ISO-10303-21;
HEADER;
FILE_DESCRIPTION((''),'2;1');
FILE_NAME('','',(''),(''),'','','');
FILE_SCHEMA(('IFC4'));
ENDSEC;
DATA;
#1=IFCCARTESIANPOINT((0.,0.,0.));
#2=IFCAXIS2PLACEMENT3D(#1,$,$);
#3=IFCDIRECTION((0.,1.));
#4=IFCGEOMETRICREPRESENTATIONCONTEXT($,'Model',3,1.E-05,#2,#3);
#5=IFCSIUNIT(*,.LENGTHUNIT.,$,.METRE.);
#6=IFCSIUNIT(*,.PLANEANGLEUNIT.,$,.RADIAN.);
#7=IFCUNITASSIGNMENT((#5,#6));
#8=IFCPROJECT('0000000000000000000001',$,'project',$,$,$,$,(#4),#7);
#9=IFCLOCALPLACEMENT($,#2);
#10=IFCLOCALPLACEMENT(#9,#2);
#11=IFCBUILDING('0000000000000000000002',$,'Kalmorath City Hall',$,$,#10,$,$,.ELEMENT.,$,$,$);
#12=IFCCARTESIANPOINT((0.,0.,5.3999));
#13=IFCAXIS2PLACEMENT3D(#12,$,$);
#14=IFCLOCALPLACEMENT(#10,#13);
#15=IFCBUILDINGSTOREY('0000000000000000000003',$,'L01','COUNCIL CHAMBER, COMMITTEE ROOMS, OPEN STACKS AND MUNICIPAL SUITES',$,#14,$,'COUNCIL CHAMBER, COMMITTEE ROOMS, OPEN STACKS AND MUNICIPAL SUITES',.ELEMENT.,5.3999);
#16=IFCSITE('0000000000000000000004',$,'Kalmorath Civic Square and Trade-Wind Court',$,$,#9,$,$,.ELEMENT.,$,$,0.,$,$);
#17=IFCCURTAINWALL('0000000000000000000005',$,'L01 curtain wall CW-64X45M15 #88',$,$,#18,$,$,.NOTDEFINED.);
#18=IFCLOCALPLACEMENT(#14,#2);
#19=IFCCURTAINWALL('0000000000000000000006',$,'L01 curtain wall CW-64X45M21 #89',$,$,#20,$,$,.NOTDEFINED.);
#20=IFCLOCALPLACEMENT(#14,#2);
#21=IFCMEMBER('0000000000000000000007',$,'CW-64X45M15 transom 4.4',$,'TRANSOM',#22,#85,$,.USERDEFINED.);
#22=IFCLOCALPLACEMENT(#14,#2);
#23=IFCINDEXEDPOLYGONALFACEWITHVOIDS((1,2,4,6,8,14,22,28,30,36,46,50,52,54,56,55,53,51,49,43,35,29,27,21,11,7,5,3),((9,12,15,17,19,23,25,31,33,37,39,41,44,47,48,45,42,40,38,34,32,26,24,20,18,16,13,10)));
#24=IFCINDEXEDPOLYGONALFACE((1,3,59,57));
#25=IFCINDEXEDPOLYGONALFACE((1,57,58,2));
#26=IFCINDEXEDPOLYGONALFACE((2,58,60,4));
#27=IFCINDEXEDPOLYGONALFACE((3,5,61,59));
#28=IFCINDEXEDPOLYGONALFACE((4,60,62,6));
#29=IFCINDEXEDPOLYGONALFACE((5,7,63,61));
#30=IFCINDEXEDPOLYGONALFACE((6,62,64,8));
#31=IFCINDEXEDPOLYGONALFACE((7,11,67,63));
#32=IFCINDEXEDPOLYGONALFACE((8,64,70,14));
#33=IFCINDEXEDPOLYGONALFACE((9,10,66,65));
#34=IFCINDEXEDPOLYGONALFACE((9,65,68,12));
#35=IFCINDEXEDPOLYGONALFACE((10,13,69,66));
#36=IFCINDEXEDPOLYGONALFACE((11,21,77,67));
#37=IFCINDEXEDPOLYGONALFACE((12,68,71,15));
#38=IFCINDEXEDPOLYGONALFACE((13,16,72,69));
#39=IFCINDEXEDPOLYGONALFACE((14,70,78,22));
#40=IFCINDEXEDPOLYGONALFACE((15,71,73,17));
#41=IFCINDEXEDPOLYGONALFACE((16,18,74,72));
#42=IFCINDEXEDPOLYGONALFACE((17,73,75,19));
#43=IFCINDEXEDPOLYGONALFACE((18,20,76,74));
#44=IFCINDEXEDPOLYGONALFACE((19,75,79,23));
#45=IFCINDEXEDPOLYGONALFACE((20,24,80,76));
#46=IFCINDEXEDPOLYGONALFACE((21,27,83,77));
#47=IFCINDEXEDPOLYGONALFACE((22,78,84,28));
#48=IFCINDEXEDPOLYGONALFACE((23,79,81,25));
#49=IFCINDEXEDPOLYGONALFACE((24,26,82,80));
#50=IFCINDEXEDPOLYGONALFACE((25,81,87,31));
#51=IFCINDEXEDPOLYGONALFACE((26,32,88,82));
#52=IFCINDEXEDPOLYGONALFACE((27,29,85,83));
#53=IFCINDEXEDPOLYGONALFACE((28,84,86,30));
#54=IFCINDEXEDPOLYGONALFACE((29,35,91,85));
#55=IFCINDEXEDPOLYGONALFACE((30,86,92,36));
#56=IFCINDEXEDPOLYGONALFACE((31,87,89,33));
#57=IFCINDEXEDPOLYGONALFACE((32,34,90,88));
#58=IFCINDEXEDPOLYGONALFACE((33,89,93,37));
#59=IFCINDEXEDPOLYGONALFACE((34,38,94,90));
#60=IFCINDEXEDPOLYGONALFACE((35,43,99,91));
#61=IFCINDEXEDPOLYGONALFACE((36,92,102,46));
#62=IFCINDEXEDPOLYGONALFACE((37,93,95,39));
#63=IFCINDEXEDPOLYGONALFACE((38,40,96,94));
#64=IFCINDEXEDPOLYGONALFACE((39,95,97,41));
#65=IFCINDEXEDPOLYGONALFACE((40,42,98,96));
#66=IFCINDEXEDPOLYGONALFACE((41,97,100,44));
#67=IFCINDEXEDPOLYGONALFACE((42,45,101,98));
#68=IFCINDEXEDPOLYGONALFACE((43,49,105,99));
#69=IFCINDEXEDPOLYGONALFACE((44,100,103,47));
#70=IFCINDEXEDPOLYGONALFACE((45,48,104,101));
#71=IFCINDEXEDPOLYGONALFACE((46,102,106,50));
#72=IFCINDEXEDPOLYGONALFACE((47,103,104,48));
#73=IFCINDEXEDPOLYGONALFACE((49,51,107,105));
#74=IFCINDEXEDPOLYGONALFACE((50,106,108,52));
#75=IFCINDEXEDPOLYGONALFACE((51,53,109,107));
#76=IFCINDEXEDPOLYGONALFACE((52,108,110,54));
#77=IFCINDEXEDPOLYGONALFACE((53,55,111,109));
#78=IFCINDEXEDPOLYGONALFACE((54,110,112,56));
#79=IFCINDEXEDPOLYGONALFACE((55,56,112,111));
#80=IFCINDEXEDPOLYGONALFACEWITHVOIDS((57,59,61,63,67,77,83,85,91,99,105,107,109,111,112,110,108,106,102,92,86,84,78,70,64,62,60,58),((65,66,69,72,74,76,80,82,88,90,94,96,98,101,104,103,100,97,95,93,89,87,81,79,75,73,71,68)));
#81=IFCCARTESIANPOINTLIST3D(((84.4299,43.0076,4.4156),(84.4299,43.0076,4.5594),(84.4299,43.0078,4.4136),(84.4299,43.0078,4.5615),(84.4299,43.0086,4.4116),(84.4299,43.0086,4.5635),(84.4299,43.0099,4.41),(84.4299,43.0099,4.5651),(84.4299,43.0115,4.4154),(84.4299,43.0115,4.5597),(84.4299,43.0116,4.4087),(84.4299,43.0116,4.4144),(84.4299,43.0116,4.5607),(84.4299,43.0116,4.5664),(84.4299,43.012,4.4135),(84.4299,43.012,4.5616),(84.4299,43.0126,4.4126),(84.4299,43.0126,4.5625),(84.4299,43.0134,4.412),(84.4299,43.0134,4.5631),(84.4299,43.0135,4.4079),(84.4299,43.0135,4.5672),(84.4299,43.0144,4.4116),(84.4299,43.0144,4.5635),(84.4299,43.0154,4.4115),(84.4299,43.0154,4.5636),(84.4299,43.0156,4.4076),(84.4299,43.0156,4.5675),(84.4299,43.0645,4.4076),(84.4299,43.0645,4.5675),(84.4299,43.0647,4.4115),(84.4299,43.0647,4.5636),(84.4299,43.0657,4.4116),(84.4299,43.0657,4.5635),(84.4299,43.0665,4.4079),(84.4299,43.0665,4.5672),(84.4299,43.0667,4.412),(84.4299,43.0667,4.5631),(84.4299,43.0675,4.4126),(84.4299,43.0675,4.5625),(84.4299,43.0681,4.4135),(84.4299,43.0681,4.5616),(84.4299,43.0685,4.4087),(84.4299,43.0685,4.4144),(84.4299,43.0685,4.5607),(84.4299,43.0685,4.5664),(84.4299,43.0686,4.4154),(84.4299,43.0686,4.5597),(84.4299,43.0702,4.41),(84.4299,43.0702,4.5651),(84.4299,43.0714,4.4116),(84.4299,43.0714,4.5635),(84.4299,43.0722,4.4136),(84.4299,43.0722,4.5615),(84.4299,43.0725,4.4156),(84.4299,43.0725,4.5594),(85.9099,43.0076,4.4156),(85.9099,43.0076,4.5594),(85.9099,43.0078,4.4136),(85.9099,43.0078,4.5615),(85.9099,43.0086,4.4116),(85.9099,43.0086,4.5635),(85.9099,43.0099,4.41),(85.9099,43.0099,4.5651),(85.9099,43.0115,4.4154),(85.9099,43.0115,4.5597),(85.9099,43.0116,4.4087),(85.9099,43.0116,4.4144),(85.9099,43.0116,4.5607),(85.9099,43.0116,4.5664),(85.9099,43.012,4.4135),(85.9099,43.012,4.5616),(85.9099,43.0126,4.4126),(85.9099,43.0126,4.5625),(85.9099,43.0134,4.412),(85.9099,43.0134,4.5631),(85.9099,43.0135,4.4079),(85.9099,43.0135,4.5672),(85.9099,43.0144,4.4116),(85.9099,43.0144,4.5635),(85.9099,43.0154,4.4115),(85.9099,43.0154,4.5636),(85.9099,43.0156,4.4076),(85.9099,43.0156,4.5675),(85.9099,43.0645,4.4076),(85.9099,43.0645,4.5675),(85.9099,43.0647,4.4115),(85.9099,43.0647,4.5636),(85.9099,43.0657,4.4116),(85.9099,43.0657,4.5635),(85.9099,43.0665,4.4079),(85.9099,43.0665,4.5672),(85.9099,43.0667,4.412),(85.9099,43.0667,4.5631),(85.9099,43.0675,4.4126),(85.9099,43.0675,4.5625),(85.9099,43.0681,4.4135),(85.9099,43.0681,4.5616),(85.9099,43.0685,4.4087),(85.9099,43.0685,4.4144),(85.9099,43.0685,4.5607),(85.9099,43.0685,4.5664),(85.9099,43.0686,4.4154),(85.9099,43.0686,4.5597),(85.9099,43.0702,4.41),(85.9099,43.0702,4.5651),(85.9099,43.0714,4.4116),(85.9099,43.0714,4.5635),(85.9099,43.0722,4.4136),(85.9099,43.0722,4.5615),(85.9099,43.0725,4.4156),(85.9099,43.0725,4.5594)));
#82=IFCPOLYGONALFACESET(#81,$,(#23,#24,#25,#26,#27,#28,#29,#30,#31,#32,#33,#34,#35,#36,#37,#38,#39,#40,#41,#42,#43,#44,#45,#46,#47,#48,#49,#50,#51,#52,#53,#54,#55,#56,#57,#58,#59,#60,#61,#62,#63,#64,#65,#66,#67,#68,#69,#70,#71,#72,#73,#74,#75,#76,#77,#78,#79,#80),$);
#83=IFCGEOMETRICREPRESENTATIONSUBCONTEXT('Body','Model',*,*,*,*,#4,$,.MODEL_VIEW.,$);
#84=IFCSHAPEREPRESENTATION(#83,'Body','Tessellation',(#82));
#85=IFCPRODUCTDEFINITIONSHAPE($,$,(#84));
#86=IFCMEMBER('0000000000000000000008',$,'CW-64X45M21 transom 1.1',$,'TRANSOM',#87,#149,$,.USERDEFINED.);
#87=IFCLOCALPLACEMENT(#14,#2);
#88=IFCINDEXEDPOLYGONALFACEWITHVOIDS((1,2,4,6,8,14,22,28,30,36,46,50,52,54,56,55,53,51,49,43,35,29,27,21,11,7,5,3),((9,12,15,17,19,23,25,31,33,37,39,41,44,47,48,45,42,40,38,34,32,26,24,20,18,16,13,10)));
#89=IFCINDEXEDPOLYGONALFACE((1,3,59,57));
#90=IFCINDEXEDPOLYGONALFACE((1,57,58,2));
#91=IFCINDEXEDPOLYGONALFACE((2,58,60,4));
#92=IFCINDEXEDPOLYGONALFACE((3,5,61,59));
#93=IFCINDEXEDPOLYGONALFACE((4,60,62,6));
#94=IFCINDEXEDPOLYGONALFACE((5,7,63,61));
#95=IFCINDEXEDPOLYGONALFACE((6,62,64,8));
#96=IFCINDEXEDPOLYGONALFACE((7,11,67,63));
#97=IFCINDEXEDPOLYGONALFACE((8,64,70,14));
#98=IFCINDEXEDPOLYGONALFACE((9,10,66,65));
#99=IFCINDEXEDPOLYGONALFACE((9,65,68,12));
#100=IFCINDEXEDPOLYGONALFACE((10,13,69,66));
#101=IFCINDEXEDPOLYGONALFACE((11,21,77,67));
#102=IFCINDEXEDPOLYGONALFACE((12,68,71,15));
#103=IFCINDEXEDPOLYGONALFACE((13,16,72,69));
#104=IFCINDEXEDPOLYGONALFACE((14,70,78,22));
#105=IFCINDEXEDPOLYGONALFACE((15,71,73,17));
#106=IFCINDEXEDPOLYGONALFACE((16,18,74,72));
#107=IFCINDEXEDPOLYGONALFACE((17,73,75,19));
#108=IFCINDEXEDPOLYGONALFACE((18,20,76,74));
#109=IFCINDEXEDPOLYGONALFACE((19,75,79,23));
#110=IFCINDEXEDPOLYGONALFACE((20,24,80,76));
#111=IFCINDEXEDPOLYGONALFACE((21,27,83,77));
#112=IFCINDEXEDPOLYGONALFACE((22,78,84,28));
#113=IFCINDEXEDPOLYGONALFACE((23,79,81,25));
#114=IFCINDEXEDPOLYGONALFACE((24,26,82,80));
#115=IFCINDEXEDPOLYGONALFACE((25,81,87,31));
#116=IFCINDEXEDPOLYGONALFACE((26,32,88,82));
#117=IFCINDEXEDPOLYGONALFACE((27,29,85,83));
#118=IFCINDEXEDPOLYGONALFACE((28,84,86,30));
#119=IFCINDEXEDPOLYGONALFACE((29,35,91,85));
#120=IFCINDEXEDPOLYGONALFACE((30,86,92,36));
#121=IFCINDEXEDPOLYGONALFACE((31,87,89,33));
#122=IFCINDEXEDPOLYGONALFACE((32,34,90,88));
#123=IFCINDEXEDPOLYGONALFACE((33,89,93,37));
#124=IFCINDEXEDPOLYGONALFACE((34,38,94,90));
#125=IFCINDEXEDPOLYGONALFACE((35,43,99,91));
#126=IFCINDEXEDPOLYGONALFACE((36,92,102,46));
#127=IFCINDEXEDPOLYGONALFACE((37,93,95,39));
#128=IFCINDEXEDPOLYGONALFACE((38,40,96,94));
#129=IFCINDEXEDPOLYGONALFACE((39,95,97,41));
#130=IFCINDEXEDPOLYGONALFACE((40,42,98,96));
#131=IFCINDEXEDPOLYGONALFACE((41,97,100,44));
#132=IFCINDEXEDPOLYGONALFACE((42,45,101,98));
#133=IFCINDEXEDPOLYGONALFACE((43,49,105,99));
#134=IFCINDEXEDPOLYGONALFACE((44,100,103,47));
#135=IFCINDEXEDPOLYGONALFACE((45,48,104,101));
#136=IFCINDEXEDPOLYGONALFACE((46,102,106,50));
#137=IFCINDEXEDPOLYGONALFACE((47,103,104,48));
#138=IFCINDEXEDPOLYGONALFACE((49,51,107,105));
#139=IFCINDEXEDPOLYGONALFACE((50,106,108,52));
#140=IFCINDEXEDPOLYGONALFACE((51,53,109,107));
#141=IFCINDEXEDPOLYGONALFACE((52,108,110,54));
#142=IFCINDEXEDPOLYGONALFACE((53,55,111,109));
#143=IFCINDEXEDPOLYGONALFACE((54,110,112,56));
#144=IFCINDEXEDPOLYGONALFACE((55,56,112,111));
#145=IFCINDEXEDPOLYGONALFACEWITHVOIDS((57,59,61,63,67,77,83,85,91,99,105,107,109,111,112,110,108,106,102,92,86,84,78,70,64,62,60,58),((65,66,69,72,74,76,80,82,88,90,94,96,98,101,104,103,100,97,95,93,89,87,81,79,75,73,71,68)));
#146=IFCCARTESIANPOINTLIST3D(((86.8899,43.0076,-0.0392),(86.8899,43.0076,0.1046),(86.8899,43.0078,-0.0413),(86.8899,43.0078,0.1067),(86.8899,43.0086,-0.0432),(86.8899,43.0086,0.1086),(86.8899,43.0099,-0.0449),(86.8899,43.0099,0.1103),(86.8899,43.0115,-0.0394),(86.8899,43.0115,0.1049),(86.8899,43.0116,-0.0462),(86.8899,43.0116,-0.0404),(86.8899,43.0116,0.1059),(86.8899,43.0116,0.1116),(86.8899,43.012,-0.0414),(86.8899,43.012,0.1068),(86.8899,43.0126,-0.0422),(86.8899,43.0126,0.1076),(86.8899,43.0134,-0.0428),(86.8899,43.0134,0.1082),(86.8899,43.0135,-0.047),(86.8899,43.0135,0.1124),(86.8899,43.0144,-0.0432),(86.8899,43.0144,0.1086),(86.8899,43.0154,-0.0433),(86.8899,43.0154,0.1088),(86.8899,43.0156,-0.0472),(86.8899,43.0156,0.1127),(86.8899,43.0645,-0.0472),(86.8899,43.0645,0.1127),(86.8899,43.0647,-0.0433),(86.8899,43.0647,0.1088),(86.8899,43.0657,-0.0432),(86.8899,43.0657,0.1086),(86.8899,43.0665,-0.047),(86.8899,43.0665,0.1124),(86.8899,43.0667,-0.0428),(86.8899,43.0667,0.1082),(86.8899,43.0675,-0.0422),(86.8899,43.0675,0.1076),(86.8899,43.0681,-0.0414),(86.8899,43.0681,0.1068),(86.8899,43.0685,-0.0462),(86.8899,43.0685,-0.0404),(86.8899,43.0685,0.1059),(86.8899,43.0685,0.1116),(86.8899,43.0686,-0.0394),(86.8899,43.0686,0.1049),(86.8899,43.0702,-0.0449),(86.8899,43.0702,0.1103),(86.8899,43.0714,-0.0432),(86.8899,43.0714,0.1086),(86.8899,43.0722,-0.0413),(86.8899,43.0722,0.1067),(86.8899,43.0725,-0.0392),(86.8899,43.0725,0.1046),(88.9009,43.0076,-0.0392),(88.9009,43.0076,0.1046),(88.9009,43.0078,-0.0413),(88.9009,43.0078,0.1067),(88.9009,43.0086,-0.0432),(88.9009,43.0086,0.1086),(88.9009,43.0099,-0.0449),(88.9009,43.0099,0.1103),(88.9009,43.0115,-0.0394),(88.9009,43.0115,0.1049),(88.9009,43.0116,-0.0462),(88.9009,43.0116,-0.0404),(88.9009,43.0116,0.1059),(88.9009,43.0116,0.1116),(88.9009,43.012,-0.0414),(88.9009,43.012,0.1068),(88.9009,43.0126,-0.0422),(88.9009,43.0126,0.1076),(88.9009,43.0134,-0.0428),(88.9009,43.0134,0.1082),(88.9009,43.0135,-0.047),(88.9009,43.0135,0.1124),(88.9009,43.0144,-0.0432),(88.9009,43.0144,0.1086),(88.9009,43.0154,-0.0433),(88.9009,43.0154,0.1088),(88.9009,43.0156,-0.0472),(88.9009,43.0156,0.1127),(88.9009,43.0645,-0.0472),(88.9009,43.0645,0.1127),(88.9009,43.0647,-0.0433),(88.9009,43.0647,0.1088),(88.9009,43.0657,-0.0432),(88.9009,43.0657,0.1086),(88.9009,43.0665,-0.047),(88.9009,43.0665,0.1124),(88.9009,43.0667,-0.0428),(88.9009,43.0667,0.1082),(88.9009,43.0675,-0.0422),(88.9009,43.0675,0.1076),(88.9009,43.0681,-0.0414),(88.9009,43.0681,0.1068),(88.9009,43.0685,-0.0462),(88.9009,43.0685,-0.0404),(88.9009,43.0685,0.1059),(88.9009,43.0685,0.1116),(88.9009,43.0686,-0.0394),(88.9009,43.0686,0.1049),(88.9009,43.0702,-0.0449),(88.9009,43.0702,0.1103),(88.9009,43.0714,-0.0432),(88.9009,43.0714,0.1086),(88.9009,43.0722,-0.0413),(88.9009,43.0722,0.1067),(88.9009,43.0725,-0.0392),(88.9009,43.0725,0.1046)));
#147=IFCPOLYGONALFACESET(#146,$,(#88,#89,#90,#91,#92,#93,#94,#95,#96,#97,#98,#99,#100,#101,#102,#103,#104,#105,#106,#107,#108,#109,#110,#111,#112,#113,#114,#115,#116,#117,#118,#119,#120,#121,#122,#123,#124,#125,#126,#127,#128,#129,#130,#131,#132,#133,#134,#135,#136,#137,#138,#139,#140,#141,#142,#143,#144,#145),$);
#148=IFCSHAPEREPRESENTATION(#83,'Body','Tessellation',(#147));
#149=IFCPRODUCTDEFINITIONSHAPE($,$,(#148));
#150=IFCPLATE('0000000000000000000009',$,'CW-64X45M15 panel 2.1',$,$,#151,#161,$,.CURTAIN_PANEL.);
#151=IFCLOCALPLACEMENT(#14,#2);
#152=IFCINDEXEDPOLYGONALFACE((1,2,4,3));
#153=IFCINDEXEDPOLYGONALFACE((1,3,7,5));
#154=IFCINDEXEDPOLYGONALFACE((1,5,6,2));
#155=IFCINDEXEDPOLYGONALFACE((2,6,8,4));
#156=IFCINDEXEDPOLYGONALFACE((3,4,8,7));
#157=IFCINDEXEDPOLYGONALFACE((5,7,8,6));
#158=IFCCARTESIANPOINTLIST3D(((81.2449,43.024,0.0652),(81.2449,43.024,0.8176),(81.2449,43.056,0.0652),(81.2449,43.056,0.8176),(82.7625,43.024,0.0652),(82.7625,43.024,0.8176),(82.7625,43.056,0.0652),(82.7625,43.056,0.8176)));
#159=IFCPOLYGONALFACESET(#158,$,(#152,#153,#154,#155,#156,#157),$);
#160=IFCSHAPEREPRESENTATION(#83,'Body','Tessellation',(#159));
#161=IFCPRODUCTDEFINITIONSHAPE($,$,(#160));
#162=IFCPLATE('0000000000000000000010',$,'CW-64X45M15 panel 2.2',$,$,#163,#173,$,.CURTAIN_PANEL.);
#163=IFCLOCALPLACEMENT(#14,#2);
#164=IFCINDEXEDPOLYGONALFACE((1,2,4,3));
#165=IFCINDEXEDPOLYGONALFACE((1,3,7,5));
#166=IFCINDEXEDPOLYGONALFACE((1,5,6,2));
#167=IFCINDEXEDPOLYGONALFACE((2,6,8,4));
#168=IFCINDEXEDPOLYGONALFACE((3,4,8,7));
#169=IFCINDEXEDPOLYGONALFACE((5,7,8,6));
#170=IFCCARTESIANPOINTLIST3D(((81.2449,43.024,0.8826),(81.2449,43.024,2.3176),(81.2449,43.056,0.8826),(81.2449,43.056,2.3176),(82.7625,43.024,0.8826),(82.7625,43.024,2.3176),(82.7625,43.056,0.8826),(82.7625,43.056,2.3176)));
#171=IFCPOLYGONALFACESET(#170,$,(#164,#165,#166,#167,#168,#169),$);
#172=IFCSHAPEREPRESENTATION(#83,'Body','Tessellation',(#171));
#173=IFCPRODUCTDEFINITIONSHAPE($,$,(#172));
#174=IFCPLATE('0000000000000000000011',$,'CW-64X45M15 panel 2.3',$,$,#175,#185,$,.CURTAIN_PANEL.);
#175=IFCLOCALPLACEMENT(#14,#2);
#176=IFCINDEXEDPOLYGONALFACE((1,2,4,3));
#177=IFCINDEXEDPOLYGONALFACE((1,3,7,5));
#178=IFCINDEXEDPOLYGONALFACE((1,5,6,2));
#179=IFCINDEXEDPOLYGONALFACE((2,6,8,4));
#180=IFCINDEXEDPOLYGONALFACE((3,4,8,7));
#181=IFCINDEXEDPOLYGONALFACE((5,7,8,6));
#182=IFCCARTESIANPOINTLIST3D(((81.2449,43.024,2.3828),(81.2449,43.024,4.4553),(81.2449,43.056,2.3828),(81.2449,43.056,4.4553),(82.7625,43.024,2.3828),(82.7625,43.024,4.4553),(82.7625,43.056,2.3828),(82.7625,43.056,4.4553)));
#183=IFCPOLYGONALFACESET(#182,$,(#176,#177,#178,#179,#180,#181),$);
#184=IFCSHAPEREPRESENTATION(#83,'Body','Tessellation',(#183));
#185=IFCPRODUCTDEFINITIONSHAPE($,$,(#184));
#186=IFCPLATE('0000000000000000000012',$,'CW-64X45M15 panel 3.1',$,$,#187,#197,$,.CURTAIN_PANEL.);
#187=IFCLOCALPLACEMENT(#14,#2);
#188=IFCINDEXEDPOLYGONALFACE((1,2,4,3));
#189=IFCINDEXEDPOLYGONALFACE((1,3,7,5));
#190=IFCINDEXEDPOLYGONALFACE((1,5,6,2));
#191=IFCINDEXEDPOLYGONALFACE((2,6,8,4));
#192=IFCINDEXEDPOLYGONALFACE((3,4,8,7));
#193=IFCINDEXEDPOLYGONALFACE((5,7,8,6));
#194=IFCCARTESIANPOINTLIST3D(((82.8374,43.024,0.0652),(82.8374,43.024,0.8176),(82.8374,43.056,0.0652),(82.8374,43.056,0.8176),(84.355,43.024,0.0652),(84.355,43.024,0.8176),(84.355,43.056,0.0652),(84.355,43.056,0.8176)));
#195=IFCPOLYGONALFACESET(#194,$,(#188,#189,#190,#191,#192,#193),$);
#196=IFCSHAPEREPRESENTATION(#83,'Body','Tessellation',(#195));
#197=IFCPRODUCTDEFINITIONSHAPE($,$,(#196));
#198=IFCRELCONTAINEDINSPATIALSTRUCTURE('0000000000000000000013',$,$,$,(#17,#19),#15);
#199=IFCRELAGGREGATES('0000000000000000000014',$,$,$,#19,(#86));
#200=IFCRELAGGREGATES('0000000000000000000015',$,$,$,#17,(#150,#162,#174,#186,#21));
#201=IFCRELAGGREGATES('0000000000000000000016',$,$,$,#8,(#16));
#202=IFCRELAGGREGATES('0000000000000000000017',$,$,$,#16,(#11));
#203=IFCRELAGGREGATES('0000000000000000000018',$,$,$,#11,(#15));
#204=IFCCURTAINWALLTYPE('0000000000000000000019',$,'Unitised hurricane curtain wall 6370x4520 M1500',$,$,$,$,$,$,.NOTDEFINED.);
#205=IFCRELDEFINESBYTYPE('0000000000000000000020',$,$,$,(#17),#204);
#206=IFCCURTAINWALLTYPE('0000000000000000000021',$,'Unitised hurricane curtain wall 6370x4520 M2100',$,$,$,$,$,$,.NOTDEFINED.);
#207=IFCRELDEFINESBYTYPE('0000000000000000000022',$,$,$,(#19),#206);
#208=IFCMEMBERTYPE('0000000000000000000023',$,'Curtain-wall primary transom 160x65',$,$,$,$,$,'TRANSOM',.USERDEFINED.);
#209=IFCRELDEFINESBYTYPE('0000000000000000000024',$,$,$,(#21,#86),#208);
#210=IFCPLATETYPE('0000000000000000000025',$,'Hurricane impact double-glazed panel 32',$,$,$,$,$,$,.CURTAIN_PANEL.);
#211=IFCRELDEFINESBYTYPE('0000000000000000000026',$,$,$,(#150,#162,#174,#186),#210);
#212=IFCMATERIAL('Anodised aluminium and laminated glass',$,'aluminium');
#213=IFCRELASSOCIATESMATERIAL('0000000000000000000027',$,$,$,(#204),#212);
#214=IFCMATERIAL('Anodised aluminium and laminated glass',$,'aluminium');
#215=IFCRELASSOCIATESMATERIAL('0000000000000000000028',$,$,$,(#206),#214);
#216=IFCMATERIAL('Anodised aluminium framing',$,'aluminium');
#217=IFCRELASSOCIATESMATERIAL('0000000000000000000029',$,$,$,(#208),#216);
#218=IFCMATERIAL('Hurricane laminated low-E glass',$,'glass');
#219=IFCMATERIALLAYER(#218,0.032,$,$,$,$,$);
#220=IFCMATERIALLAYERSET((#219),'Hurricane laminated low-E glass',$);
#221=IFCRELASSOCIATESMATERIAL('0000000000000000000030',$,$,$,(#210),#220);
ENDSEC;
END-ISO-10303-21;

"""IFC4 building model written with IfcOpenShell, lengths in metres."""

from ifc_helpers import new_model, si_unit, direction, frame, origin, origin_2d, place, context, subcontext, project, spatial, rectangle, hollow_rectangle, extrude, material, layer, layer_set, material_profile, profile_set, type_object, element, aggregate, save


model = new_model("IFC4")

# Units and contexts
model_context = context("Model", 3, precision=1e-05, world=origin(), true_north=direction((0.0, 1.0)))
body_context = subcontext(model_context, "Body", "Model", "MODEL_VIEW")
ifc_project = project(units=[si_unit("LENGTHUNIT", "METRE"), si_unit("PLANEANGLEUNIT", "RADIAN")], contexts=[model_context])

# Site, building, storey
site_placement = place(None, origin())
site = spatial("IfcSite", under=ifc_project, at=site_placement, Name="Kalmorath Civic Square and Trade-Wind Court", CompositionType="ELEMENT", RefElevation=0.0)
building_placement = place(site_placement, origin())
building = spatial("IfcBuilding", under=site, at=building_placement, Name="Kalmorath City Hall", CompositionType="ELEMENT")
storey_placement = place(building_placement, frame((0.0, 0.0, 5.3999)))
storey = spatial("IfcBuildingStorey", under=building, at=storey_placement, Name="L01", Description="COUNCIL CHAMBER, COMMITTEE ROOMS, OPEN STACKS AND MUNICIPAL SUITES", LongName="COUNCIL CHAMBER, COMMITTEE ROOMS, OPEN STACKS AND MUNICIPAL SUITES", CompositionType="ELEMENT", Elevation=5.3999)

# Curtain wall
ifc_material_1 = material(Name="Anodised aluminium and laminated glass", Category="aluminium")
curtain_wall_type_1 = type_object("IfcCurtainWallType", Name="Unitised hurricane curtain wall 6370x4520 M1500", PredefinedType="NOTDEFINED", material=ifc_material_1)
curtain_wall_1_placement = place(storey_placement, origin())
curtain_wall_1 = element("IfcCurtainWall", 1, at=curtain_wall_1_placement, inside=storey, type_object=curtain_wall_type_1, Name="L01 curtain wall CW-64X45M15 #88", PredefinedType="NOTDEFINED")

# Curtain wall
ifc_material_2 = material(Name="Anodised aluminium and laminated glass", Category="aluminium")
curtain_wall_type_2 = type_object("IfcCurtainWallType", Name="Unitised hurricane curtain wall 6370x4520 M2100", PredefinedType="NOTDEFINED", material=ifc_material_2)
curtain_wall_2_placement = place(storey_placement, origin())
curtain_wall_2 = element("IfcCurtainWall", 2, at=curtain_wall_2_placement, inside=storey, type_object=curtain_wall_type_2, Name="L01 curtain wall CW-64X45M21 #89", PredefinedType="NOTDEFINED")

# Members
ifc_material_3 = material(Name="Anodised aluminium framing", Category="aluminium")
ifc_material_profile_1 = material_profile(ifc_material_3, hollow_rectangle(XDim=0.0649, YDim=0.1599, WallThickness=0.0039, InnerFilletRadius=0.0039, OuterFilletRadius=0.0081, at=origin_2d()), Name="ALU-TRN-160X65X4")
ifc_profile_set_1 = profile_set([ifc_material_profile_1], Name="Anodised aluminium framing")
member_type_1 = type_object("IfcMemberType", Name="Curtain-wall primary transom 160x65", ElementType="TRANSOM", PredefinedType="USERDEFINED", material=ifc_profile_set_1)
member_1_placement = place(storey_placement, frame((84.4299, 43.04, 4.4875), z_axis=(1.0, 0.0, 0.0), x_axis=(0.0, 1.0, 0.0)))
member_1 = element("IfcMember", 3, at=member_1_placement, type_object=member_type_1, Name="CW-64X45M15 transom 4.4", ObjectType="TRANSOM", PredefinedType="USERDEFINED", context=body_context, shape_type="SweptSolid", body=[
    extrude(hollow_rectangle(XDim=0.0649, YDim=0.1599, WallThickness=0.0039, InnerFilletRadius=0.0039, OuterFilletRadius=0.0081, at=origin_2d()), origin(), (0.0, 0.0, 1.0), 1.48),
])
member_2_placement = place(storey_placement, frame((86.8899, 43.04, 0.0327), z_axis=(1.0, 0.0, 0.0), x_axis=(0.0, 1.0, 0.0)))
member_2 = element("IfcMember", 4, at=member_2_placement, type_object=member_type_1, Name="CW-64X45M21 transom 1.1", ObjectType="TRANSOM", PredefinedType="USERDEFINED", context=body_context, shape_type="SweptSolid", body=[
    extrude(hollow_rectangle(XDim=0.0649, YDim=0.1599, WallThickness=0.0039, InnerFilletRadius=0.0039, OuterFilletRadius=0.0081, at=origin_2d()), origin(), (0.0, 0.0, 1.0), 2.011),
])
aggregate(curtain_wall_2, [member_2])

# Plates
ifc_material_4 = material(Name="Hurricane laminated low-E glass", Category="glass")
ifc_layer = layer(ifc_material_4, 0.032)
ifc_layer_set = layer_set([ifc_layer], Name="Hurricane laminated low-E glass")
plate_type = type_object("IfcPlateType", Name="Hurricane impact double-glazed panel 32", PredefinedType="CURTAIN_PANEL", material=ifc_layer_set)
plate_1_placement = place(storey_placement, frame((82.0037, 43.04, 0.0652), z_axis=(0.0, 0.0, 1.0), x_axis=(1.0, 0.0, 0.0)))
plate_1 = element("IfcPlate", 5, at=plate_1_placement, type_object=plate_type, Name="CW-64X45M15 panel 2.1", PredefinedType="CURTAIN_PANEL", context=body_context, shape_type="SweptSolid", body=[
    extrude(rectangle(XDim=1.5176, YDim=0.032, at=origin_2d()), origin(), (0.0, 0.0, 1.0), 0.7524),
])
plate_2_placement = place(storey_placement, frame((82.0037, 43.04, 0.8826), z_axis=(0.0, 0.0, 1.0), x_axis=(1.0, 0.0, 0.0)))
plate_2 = element("IfcPlate", 6, at=plate_2_placement, type_object=plate_type, Name="CW-64X45M15 panel 2.2", PredefinedType="CURTAIN_PANEL", context=body_context, shape_type="SweptSolid", body=[
    extrude(rectangle(XDim=1.5176, YDim=0.032, at=origin_2d()), origin(), (0.0, 0.0, 1.0), 1.4351),
])
plate_3_placement = place(storey_placement, frame((82.0037, 43.04, 2.3828), z_axis=(0.0, 0.0, 1.0), x_axis=(1.0, 0.0, 0.0)))
plate_3 = element("IfcPlate", 7, at=plate_3_placement, type_object=plate_type, Name="CW-64X45M15 panel 2.3", PredefinedType="CURTAIN_PANEL", context=body_context, shape_type="SweptSolid", body=[
    extrude(rectangle(XDim=1.5176, YDim=0.032, at=origin_2d()), origin(), (0.0, 0.0, 1.0), 2.0725),
])
plate_4_placement = place(storey_placement, frame((83.5962, 43.04, 0.0652), z_axis=(0.0, 0.0, 1.0), x_axis=(1.0, 0.0, 0.0)))
plate_4 = element("IfcPlate", 8, at=plate_4_placement, type_object=plate_type, Name="CW-64X45M15 panel 3.1", PredefinedType="CURTAIN_PANEL", context=body_context, shape_type="SweptSolid", body=[
    extrude(rectangle(XDim=1.5176, YDim=0.032, at=origin_2d()), origin(), (0.0, 0.0, 1.0), 0.7524),
])
aggregate(curtain_wall_1, [plate_1, plate_2, plate_3, plate_4, member_1])

save(model, "model.ifc")
